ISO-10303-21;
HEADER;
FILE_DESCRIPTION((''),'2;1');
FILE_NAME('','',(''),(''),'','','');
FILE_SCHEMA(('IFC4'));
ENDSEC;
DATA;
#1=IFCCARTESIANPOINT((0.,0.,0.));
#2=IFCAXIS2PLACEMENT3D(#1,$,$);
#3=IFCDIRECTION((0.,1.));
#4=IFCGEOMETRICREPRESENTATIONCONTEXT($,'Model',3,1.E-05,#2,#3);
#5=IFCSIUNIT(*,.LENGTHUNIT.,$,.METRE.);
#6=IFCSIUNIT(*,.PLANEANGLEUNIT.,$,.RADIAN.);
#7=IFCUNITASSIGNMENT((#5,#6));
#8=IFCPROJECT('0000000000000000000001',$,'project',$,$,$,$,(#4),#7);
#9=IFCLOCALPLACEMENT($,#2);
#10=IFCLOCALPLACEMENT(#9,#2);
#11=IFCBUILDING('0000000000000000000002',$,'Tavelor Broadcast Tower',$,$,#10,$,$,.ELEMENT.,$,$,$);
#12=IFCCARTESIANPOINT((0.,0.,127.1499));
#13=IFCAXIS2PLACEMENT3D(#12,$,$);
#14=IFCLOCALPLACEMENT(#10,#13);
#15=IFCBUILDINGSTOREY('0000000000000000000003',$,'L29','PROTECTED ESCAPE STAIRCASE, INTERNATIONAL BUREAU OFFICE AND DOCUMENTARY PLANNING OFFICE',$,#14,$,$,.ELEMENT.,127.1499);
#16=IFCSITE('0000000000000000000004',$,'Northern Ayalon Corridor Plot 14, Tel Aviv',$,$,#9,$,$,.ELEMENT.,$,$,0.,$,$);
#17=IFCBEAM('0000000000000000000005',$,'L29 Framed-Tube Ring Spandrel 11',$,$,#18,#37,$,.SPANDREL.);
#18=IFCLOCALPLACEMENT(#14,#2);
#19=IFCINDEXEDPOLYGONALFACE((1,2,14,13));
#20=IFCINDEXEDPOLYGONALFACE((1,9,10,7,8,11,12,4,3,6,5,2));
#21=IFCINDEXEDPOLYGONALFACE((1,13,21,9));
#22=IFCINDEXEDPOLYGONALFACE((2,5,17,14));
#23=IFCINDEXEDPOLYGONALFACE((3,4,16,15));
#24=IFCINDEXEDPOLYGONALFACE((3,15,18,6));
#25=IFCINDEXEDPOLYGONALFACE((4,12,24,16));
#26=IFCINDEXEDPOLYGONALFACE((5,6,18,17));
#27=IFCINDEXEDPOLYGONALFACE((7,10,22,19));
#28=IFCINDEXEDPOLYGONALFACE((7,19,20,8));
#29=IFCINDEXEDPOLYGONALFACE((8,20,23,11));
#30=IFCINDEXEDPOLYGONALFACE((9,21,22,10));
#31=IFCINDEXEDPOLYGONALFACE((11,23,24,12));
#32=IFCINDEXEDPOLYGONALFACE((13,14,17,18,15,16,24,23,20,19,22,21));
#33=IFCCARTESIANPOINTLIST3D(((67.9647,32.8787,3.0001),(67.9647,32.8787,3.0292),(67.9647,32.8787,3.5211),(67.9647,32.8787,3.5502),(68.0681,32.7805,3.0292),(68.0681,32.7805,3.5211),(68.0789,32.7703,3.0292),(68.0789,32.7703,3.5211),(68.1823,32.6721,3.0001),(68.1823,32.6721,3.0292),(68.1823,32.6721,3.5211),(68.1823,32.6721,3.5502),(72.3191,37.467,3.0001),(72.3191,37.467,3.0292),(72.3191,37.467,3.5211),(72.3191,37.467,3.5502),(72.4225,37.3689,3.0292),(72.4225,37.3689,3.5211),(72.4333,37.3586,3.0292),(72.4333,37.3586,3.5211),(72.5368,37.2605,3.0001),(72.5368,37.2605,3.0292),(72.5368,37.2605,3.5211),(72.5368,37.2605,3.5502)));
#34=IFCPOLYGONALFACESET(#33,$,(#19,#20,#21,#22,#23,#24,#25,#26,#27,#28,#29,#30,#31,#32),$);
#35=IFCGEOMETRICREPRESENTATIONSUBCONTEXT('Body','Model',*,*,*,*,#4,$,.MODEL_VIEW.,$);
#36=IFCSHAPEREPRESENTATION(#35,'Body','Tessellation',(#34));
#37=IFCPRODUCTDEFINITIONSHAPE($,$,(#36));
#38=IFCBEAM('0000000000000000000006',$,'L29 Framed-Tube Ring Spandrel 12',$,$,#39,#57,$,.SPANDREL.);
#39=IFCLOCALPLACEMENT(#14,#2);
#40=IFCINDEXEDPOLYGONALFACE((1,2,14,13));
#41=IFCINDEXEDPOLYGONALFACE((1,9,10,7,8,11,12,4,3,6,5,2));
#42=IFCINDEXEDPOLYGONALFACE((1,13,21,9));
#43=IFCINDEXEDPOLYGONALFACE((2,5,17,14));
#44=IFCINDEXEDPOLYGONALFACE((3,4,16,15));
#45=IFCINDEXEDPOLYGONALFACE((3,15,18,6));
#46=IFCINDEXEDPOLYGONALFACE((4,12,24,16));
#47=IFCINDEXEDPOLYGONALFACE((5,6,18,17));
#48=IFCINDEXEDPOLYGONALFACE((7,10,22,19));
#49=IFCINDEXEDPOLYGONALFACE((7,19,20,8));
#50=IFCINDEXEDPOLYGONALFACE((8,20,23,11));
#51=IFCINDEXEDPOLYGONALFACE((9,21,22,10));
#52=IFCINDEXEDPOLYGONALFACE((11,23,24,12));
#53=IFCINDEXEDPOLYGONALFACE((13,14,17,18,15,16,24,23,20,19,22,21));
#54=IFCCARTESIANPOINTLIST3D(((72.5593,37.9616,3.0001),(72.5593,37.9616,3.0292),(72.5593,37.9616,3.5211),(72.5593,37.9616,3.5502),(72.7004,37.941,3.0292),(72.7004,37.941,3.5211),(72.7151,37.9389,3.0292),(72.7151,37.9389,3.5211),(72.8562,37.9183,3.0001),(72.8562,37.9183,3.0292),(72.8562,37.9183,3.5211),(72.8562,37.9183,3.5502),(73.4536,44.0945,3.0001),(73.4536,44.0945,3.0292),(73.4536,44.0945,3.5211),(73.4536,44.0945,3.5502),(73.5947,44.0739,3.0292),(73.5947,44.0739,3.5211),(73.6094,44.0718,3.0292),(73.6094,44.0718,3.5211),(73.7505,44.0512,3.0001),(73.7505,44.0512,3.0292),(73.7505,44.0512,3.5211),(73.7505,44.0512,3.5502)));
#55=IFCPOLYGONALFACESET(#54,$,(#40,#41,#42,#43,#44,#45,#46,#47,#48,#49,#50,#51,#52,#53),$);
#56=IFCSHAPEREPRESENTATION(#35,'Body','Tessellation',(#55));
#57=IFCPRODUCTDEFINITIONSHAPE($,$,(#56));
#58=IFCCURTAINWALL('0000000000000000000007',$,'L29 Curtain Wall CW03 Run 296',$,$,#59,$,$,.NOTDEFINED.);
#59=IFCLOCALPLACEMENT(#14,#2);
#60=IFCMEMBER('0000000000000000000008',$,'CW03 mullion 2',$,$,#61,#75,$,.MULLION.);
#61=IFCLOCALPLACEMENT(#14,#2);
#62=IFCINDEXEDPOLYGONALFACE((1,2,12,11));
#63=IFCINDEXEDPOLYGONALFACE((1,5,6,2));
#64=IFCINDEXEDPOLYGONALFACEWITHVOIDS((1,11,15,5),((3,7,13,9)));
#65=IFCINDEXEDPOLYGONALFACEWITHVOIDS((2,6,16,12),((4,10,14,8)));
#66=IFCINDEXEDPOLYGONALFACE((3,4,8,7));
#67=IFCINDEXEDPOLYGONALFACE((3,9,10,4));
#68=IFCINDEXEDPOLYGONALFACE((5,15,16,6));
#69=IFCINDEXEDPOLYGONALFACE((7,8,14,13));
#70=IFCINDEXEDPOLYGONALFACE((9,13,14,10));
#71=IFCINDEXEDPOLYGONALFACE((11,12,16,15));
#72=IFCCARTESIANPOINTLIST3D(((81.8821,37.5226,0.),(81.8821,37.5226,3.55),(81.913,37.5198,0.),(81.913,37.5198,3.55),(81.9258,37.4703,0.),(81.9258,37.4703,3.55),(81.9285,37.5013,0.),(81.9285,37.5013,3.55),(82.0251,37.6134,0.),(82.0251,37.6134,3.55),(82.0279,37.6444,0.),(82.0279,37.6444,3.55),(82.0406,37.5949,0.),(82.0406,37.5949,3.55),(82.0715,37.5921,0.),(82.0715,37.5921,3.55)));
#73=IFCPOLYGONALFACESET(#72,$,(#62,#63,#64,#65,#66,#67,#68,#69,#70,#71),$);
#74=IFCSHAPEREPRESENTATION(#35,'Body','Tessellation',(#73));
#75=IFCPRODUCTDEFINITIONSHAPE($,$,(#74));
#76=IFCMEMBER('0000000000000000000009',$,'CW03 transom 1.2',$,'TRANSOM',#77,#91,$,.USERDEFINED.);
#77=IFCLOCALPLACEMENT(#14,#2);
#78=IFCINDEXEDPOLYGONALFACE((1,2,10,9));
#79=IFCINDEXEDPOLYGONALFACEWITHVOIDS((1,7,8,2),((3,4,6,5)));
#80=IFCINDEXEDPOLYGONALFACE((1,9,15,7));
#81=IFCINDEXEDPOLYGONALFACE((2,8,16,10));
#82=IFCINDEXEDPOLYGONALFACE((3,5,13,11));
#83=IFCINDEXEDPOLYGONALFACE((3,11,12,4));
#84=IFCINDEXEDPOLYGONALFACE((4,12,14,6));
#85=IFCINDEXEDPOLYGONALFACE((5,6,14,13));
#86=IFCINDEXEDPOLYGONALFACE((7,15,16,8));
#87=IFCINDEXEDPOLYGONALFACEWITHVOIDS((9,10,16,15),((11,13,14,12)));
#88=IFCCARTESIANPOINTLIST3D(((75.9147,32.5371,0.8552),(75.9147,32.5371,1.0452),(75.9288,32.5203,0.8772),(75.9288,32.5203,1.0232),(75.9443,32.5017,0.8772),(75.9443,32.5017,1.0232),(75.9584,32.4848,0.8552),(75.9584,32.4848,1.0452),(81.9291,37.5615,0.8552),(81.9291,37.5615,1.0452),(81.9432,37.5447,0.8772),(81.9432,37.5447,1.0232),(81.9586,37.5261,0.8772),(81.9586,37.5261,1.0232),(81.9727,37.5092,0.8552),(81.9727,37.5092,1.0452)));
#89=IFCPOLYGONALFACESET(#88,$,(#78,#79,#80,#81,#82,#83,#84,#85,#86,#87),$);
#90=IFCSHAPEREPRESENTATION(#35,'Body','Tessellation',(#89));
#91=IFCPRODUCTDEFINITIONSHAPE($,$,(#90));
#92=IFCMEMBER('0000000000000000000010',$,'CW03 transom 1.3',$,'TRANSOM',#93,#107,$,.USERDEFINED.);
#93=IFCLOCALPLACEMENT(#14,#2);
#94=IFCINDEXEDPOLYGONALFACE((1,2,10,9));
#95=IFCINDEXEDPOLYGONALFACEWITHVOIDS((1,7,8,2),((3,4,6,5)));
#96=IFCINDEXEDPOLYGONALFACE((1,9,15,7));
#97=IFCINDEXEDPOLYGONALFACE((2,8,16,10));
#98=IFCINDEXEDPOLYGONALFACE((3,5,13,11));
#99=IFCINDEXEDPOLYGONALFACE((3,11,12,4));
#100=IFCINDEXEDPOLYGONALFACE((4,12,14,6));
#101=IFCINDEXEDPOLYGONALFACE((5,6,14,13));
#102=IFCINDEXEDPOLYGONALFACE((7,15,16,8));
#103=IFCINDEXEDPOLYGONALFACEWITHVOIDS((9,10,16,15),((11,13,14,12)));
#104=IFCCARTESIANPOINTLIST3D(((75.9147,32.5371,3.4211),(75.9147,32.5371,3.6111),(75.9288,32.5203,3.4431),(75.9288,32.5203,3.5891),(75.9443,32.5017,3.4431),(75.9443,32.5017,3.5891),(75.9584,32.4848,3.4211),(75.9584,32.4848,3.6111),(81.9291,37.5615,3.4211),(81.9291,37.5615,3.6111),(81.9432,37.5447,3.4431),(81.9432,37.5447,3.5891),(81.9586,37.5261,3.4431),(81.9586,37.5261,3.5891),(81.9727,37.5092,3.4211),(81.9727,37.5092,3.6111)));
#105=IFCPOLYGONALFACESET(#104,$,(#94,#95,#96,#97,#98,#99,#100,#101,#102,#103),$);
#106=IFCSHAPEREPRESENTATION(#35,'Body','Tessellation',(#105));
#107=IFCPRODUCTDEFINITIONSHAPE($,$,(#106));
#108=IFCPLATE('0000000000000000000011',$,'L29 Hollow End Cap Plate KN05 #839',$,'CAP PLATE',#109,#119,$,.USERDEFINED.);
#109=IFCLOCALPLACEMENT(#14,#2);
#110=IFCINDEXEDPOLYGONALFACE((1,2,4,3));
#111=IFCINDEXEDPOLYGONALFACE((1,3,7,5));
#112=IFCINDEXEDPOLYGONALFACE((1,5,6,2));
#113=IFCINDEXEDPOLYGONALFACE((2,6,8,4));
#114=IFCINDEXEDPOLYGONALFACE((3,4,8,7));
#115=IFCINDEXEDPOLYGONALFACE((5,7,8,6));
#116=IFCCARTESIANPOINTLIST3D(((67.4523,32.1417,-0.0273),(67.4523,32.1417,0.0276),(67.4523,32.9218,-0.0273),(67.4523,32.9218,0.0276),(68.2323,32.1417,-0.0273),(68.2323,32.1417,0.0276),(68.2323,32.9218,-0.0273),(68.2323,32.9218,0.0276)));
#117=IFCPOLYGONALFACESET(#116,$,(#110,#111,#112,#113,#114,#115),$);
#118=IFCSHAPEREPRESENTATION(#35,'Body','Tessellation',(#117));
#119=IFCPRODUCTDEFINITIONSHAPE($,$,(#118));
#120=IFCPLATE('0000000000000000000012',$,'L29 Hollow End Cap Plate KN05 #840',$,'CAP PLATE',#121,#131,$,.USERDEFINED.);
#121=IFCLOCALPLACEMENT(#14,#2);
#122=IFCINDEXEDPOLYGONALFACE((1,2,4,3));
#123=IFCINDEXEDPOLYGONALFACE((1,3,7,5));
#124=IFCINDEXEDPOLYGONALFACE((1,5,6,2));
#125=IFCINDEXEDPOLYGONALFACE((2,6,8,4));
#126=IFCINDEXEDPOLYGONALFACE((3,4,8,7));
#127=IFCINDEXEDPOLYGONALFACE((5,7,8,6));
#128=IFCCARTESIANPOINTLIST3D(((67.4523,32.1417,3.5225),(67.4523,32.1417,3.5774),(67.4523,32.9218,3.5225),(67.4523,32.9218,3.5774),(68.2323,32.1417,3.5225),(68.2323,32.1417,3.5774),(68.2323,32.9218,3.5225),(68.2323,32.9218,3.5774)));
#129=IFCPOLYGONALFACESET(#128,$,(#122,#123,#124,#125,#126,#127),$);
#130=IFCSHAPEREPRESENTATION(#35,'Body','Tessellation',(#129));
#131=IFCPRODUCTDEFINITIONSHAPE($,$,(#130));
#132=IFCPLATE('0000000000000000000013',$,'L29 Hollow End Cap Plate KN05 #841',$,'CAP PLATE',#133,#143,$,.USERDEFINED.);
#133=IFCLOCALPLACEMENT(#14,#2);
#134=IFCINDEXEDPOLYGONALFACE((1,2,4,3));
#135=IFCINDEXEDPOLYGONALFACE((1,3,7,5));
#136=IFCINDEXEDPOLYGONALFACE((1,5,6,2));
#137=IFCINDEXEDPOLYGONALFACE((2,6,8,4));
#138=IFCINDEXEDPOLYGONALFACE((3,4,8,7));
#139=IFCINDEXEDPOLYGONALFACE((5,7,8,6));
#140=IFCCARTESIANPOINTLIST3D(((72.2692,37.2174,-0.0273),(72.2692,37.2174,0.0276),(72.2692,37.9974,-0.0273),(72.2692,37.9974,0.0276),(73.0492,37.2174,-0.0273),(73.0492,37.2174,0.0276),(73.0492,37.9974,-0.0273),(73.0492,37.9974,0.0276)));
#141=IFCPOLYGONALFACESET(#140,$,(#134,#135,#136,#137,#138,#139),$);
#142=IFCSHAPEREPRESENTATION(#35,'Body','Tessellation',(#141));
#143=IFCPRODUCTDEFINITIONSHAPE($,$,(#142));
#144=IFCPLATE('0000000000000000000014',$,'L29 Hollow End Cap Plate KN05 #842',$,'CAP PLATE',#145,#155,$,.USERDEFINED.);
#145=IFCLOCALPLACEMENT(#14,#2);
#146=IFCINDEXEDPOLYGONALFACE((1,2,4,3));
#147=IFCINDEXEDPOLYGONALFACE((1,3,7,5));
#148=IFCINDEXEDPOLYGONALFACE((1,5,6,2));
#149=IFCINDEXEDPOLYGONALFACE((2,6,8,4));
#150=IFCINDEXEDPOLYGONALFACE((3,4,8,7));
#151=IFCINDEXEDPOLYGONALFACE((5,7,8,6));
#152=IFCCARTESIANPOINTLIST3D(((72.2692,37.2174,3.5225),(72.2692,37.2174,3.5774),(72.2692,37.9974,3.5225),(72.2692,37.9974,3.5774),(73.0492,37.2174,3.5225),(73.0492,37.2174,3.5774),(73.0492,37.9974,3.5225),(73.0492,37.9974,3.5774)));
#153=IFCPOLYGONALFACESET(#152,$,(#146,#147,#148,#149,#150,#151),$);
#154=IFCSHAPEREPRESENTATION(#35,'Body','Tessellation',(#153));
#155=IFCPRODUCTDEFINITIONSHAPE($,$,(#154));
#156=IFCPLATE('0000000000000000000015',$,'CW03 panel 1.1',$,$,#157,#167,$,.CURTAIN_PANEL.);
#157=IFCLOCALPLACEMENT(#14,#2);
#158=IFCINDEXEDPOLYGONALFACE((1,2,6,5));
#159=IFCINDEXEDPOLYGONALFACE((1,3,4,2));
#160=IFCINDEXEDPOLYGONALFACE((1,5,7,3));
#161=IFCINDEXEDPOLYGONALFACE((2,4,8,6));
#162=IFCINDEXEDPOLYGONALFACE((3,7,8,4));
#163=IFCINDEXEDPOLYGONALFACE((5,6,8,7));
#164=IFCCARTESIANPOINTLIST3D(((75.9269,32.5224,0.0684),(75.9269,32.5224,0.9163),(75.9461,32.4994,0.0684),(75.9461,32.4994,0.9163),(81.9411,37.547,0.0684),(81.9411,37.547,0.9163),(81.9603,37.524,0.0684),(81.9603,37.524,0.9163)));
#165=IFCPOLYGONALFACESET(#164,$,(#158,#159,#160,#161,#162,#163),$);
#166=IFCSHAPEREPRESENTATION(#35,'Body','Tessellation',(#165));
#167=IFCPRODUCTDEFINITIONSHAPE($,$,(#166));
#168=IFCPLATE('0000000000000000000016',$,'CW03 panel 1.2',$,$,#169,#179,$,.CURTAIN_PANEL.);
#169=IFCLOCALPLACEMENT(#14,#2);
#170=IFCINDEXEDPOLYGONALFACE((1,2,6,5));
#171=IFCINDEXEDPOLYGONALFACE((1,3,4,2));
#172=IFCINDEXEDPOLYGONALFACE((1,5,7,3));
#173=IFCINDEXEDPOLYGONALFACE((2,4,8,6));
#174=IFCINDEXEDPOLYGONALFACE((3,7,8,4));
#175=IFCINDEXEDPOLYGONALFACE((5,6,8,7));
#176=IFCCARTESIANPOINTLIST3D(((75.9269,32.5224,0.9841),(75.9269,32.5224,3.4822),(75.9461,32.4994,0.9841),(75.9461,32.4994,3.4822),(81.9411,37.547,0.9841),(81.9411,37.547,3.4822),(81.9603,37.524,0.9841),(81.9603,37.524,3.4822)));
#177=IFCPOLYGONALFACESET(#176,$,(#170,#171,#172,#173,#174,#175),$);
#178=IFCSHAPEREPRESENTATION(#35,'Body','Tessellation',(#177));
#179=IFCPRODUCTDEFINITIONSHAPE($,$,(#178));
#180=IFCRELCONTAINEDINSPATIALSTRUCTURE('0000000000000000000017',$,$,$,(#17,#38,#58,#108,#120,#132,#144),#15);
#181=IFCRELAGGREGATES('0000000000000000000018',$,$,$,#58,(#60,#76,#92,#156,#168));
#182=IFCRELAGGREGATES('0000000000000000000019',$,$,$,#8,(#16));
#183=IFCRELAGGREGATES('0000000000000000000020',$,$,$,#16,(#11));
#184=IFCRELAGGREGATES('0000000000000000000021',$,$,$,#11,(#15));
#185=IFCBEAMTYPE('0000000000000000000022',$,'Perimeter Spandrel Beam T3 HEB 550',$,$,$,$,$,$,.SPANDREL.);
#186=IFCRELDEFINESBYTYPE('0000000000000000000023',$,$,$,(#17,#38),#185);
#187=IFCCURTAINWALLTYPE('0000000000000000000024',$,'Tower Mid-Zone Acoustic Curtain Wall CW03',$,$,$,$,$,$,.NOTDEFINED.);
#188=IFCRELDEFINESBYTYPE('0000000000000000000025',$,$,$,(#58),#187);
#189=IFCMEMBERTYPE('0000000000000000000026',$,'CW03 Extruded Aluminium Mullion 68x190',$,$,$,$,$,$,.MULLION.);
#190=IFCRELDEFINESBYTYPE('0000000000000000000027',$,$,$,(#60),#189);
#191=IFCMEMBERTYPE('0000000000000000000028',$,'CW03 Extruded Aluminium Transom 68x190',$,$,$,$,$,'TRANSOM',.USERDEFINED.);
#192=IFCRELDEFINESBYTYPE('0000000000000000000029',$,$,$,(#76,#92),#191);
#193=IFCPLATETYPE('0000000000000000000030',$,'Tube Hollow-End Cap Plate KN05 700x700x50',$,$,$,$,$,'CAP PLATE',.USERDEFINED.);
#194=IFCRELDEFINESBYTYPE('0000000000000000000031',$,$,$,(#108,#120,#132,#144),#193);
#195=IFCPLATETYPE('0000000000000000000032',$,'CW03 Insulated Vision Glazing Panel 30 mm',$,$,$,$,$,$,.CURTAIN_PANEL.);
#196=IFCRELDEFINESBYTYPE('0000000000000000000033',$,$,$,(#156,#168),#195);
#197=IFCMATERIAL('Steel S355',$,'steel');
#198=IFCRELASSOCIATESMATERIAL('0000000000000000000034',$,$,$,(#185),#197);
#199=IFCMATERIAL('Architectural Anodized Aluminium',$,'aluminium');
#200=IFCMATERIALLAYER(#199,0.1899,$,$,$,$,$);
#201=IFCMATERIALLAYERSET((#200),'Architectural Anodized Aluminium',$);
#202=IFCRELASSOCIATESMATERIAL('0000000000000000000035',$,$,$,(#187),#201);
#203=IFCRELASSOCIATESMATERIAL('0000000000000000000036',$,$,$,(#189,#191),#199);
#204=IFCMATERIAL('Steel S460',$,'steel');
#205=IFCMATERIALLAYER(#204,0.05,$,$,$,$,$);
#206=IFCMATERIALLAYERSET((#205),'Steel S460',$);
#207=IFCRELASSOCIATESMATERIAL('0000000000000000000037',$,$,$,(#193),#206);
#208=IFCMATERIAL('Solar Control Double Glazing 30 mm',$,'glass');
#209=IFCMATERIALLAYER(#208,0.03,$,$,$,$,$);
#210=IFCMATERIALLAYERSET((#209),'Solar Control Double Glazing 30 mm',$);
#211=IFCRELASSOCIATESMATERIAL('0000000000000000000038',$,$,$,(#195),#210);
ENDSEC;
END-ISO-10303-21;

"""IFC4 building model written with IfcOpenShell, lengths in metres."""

from ifc_helpers import new_model, si_unit, direction, frame, origin, origin_2d, place, context, subcontext, project, spatial, rectangle, hollow_rectangle, i_section, extrude, source, transform, mapped, material, layer, layer_set, material_profile, profile_set, type_object, type_shapes, element, aggregate, save


model = new_model("IFC4")

# Units and contexts
model_context = context("Model", 3, precision=1e-05, world=origin(), true_north=direction((0.0, 1.0)))
body_context = subcontext(model_context, "Body", "Model", "MODEL_VIEW")
ifc_project = project(units=[si_unit("LENGTHUNIT", "METRE"), si_unit("PLANEANGLEUNIT", "RADIAN")], contexts=[model_context])

# Site, building, storey
site_placement = place(None, origin())
site = spatial("IfcSite", under=ifc_project, at=site_placement, Name="Northern Ayalon Corridor Plot 14, Tel Aviv", CompositionType="ELEMENT", RefElevation=0.0)
building_placement = place(site_placement, origin())
building = spatial("IfcBuilding", under=site, at=building_placement, Name="Tavelor Broadcast Tower", CompositionType="ELEMENT")
storey_placement = place(building_placement, frame((0.0, 0.0, 127.1499)))
storey = spatial("IfcBuildingStorey", under=building, at=storey_placement, Name="L29", Description="PROTECTED ESCAPE STAIRCASE, INTERNATIONAL BUREAU OFFICE AND DOCUMENTARY PLANNING OFFICE", CompositionType="ELEMENT", Elevation=127.1499)

# Shared definitions
ifc_material_1 = material(Name="Steel S460", Category="steel")

# Beams
ifc_material_2 = material(Name="Steel S355", Category="steel")
ifc_material_profile_1 = material_profile(ifc_material_2, i_section(OverallWidth=0.3, OverallDepth=0.55, WebThickness=0.0149, FlangeThickness=0.0291, at=origin_2d()), Name="HEB 550")
ifc_profile_set_1 = profile_set([ifc_material_profile_1], Name="Steel S355")
beam_type_1 = type_object("IfcBeamType", Name="Perimeter Spandrel Beam T3 HEB 550", PredefinedType="SPANDREL", material=ifc_profile_set_1)
beam_1_placement = place(storey_placement, frame((68.0735, 32.7754, 3.2751), z_axis=(0.688378, 0.725352, 0.0), x_axis=(-0.725352, 0.688378, 0.0)))
element("IfcBeam", 1, at=beam_1_placement, inside=storey, type_object=beam_type_1, Name="L29 Framed-Tube Ring Spandrel 11", PredefinedType="SPANDREL", context=body_context, shape_type="SweptSolid", body=[
    extrude(i_section(OverallWidth=0.3, OverallDepth=0.55, WebThickness=0.0149, FlangeThickness=0.0291, at=origin_2d()), origin(), (0.0, 0.0, 1.0), 6.3257),
])
beam_2_placement = place(storey_placement, frame((72.7078, 37.9399, 3.2751), z_axis=(0.144294, 0.989535, 0.0), x_axis=(-0.989535, 0.144294, 0.0)))
element("IfcBeam", 2, at=beam_2_placement, inside=storey, type_object=beam_type_1, Name="L29 Framed-Tube Ring Spandrel 12", PredefinedType="SPANDREL", context=body_context, shape_type="SweptSolid", body=[
    extrude(i_section(OverallWidth=0.3, OverallDepth=0.55, WebThickness=0.0149, FlangeThickness=0.0291, at=origin_2d()), origin(), (0.0, 0.0, 1.0), 6.1978),
])

# Curtain wall, members
ifc_material_3 = material(Name="Architectural Anodized Aluminium", Category="aluminium")
ifc_layer_1 = layer(ifc_material_3, 0.1899)
ifc_layer_set_1 = layer_set([ifc_layer_1], Name="Architectural Anodized Aluminium")
curtain_wall_type = type_object("IfcCurtainWallType", Name="Tower Mid-Zone Acoustic Curtain Wall CW03", PredefinedType="NOTDEFINED", material=ifc_layer_set_1)
curtain_wall_placement = place(storey_placement, origin())
curtain_wall = element("IfcCurtainWall", 3, at=curtain_wall_placement, inside=storey, type_object=curtain_wall_type, Name="L29 Curtain Wall CW03 Run 296", PredefinedType="NOTDEFINED")
ifc_material_profile_2 = material_profile(ifc_material_3, hollow_rectangle(XDim=0.0681, YDim=0.1899, WallThickness=0.022, at=origin_2d()), Name="RHS 68x190x22")
ifc_profile_set_2 = profile_set([ifc_material_profile_2], Name="Architectural Anodized Aluminium")
member_type_1 = type_object("IfcMemberType", Name="CW03 Extruded Aluminium Mullion 68x190", PredefinedType="MULLION", material=ifc_profile_set_2)
shared_shape_1 = source(origin(), body_context, "Body", "SweptSolid", [
    extrude(hollow_rectangle(XDim=0.0681, YDim=0.1899, WallThickness=0.022, at=origin_2d()), origin(), (0.0, 0.0, 1.0), 3.55),
])
type_shapes(member_type_1, [shared_shape_1])
member_1_placement = place(storey_placement, frame((81.9768, 37.5574, 0.0), z_axis=(0.0, 0.0, 1.0), x_axis=(-0.641144, 0.767421, 0.0)))
member_1 = element("IfcMember", 4, at=member_1_placement, type_object=member_type_1, Name="CW03 mullion 2", PredefinedType="MULLION", context=body_context, shape_type="MappedRepresentation", body=[
    mapped(shared_shape_1, transform((0.0, 0.0, 0.0), scale=1.0)),
])
ifc_material_profile_3 = material_profile(ifc_material_3, hollow_rectangle(XDim=0.0681, YDim=0.1899, WallThickness=0.022, at=origin_2d()), Name="RHS 68x190x22")
ifc_profile_set_3 = profile_set([ifc_material_profile_3], Name="Architectural Anodized Aluminium")
member_type_2 = type_object("IfcMemberType", Name="CW03 Extruded Aluminium Transom 68x190", ElementType="TRANSOM", PredefinedType="USERDEFINED", material=ifc_profile_set_3)
shared_shape_2 = source(origin(), body_context, "Body", "SweptSolid", [
    extrude(hollow_rectangle(XDim=0.0681, YDim=0.1899, WallThickness=0.022, at=origin_2d()), origin(), (0.0, 0.0, 1.0), 7.8369),
])
type_shapes(member_type_2, [shared_shape_2])
member_2_placement = place(storey_placement, frame((75.9365, 32.511, 0.9502), z_axis=(0.767442, 0.641119, 0.0), x_axis=(-0.641119, 0.767442, 0.0)))
member_2 = element("IfcMember", 5, at=member_2_placement, type_object=member_type_2, Name="CW03 transom 1.2", ObjectType="TRANSOM", PredefinedType="USERDEFINED", context=body_context, shape_type="MappedRepresentation", body=[
    mapped(shared_shape_2, transform((0.0, 0.0, 0.0), scale=1.0)),
])
member_3_placement = place(storey_placement, frame((75.9365, 32.511, 3.5161), z_axis=(0.767442, 0.641119, 0.0), x_axis=(-0.641119, 0.767442, 0.0)))
member_3 = element("IfcMember", 6, at=member_3_placement, type_object=member_type_2, Name="CW03 transom 1.3", ObjectType="TRANSOM", PredefinedType="USERDEFINED", context=body_context, shape_type="MappedRepresentation", body=[
    mapped(shared_shape_2, transform((0.0, 0.0, 0.0), scale=1.0)),
])

# Plates
ifc_layer_2 = layer(ifc_material_1, 0.05)
ifc_layer_set_2 = layer_set([ifc_layer_2], Name="Steel S460")
plate_type_1 = type_object("IfcPlateType", Name="Tube Hollow-End Cap Plate KN05 700x700x50", ElementType="CAP PLATE", PredefinedType="USERDEFINED", material=ifc_layer_set_2)
shared_shape_3 = source(origin(), body_context, "Body", "SweptSolid", [
    extrude(rectangle(XDim=0.78, YDim=0.78, at=origin_2d()), origin(), (0.0, 0.0, 1.0), 0.0549),
])
type_shapes(plate_type_1, [shared_shape_3])
for number, where, z_axis, x_axis, name in (
    (7, (67.8423, 32.5317, -0.0273), (0.0, 0.0, 1.0), (1.0, 0.0, 0.0), "L29 Hollow End Cap Plate KN05 #839"),
    (8, (67.8423, 32.5317, 3.5225), (0.0, 0.0, 1.0), (1.0, 0.0, 0.0), "L29 Hollow End Cap Plate KN05 #840"),
    (9, (72.6592, 37.6074, -0.0273), (0.0, 0.0, 1.0), (1.0, 0.0, 0.0), "L29 Hollow End Cap Plate KN05 #841"),
    (10, (72.6592, 37.6074, 3.5225), (0.0, 0.0, 1.0), (1.0, 0.0, 0.0), "L29 Hollow End Cap Plate KN05 #842"),
):
    element("IfcPlate", number, at=place(storey_placement, frame(where, z_axis=z_axis, x_axis=x_axis)), inside=storey, type_object=plate_type_1, Name=name, ObjectType="CAP PLATE", PredefinedType="USERDEFINED", context=body_context, shape_type="MappedRepresentation", body=[
        mapped(shared_shape_3, transform((0.0, 0.0, 0.0), scale=1.0)),
    ])

# Plates
ifc_material_4 = material(Name="Solar Control Double Glazing 30 mm", Category="glass")
ifc_layer_3 = layer(ifc_material_4, 0.03)
ifc_layer_set_3 = layer_set([ifc_layer_3], Name="Solar Control Double Glazing 30 mm")
plate_type_2 = type_object("IfcPlateType", Name="CW03 Insulated Vision Glazing Panel 30 mm", PredefinedType="CURTAIN_PANEL", material=ifc_layer_set_3)
shared_shape_4 = source(origin(), body_context, "Body", "SweptSolid", [
    extrude(rectangle(XDim=7.8369, YDim=0.03, at=origin_2d()), origin(), (0.0, 0.0, 1.0), 0.8479),
])
plate_1_placement = place(storey_placement, frame((78.9436, 35.0232, 0.0684), z_axis=(0.0, 0.0, 1.0), x_axis=(0.767421, 0.641144, 0.0)))
plate_1 = element("IfcPlate", 11, at=plate_1_placement, type_object=plate_type_2, Name="CW03 panel 1.1", PredefinedType="CURTAIN_PANEL", context=body_context, shape_type="MappedRepresentation", body=[
    mapped(shared_shape_4, transform((0.0, 0.0, 0.0), scale=1.0)),
])
shared_shape_5 = source(origin(), body_context, "Body", "SweptSolid", [
    extrude(rectangle(XDim=7.8369, YDim=0.03, at=origin_2d()), origin(), (0.0, 0.0, 1.0), 2.498),
])
type_shapes(plate_type_2, [shared_shape_4, shared_shape_5])
plate_2_placement = place(storey_placement, frame((78.9436, 35.0232, 0.9841), z_axis=(0.0, 0.0, 1.0), x_axis=(0.767421, 0.641144, 0.0)))
plate_2 = element("IfcPlate", 12, at=plate_2_placement, type_object=plate_type_2, Name="CW03 panel 1.2", PredefinedType="CURTAIN_PANEL", context=body_context, shape_type="MappedRepresentation", body=[
    mapped(shared_shape_5, transform((0.0, 0.0, 0.0), scale=1.0)),
])
aggregate(curtain_wall, [member_1, member_2, member_3, plate_1, plate_2])

save(model, "model.ifc")
